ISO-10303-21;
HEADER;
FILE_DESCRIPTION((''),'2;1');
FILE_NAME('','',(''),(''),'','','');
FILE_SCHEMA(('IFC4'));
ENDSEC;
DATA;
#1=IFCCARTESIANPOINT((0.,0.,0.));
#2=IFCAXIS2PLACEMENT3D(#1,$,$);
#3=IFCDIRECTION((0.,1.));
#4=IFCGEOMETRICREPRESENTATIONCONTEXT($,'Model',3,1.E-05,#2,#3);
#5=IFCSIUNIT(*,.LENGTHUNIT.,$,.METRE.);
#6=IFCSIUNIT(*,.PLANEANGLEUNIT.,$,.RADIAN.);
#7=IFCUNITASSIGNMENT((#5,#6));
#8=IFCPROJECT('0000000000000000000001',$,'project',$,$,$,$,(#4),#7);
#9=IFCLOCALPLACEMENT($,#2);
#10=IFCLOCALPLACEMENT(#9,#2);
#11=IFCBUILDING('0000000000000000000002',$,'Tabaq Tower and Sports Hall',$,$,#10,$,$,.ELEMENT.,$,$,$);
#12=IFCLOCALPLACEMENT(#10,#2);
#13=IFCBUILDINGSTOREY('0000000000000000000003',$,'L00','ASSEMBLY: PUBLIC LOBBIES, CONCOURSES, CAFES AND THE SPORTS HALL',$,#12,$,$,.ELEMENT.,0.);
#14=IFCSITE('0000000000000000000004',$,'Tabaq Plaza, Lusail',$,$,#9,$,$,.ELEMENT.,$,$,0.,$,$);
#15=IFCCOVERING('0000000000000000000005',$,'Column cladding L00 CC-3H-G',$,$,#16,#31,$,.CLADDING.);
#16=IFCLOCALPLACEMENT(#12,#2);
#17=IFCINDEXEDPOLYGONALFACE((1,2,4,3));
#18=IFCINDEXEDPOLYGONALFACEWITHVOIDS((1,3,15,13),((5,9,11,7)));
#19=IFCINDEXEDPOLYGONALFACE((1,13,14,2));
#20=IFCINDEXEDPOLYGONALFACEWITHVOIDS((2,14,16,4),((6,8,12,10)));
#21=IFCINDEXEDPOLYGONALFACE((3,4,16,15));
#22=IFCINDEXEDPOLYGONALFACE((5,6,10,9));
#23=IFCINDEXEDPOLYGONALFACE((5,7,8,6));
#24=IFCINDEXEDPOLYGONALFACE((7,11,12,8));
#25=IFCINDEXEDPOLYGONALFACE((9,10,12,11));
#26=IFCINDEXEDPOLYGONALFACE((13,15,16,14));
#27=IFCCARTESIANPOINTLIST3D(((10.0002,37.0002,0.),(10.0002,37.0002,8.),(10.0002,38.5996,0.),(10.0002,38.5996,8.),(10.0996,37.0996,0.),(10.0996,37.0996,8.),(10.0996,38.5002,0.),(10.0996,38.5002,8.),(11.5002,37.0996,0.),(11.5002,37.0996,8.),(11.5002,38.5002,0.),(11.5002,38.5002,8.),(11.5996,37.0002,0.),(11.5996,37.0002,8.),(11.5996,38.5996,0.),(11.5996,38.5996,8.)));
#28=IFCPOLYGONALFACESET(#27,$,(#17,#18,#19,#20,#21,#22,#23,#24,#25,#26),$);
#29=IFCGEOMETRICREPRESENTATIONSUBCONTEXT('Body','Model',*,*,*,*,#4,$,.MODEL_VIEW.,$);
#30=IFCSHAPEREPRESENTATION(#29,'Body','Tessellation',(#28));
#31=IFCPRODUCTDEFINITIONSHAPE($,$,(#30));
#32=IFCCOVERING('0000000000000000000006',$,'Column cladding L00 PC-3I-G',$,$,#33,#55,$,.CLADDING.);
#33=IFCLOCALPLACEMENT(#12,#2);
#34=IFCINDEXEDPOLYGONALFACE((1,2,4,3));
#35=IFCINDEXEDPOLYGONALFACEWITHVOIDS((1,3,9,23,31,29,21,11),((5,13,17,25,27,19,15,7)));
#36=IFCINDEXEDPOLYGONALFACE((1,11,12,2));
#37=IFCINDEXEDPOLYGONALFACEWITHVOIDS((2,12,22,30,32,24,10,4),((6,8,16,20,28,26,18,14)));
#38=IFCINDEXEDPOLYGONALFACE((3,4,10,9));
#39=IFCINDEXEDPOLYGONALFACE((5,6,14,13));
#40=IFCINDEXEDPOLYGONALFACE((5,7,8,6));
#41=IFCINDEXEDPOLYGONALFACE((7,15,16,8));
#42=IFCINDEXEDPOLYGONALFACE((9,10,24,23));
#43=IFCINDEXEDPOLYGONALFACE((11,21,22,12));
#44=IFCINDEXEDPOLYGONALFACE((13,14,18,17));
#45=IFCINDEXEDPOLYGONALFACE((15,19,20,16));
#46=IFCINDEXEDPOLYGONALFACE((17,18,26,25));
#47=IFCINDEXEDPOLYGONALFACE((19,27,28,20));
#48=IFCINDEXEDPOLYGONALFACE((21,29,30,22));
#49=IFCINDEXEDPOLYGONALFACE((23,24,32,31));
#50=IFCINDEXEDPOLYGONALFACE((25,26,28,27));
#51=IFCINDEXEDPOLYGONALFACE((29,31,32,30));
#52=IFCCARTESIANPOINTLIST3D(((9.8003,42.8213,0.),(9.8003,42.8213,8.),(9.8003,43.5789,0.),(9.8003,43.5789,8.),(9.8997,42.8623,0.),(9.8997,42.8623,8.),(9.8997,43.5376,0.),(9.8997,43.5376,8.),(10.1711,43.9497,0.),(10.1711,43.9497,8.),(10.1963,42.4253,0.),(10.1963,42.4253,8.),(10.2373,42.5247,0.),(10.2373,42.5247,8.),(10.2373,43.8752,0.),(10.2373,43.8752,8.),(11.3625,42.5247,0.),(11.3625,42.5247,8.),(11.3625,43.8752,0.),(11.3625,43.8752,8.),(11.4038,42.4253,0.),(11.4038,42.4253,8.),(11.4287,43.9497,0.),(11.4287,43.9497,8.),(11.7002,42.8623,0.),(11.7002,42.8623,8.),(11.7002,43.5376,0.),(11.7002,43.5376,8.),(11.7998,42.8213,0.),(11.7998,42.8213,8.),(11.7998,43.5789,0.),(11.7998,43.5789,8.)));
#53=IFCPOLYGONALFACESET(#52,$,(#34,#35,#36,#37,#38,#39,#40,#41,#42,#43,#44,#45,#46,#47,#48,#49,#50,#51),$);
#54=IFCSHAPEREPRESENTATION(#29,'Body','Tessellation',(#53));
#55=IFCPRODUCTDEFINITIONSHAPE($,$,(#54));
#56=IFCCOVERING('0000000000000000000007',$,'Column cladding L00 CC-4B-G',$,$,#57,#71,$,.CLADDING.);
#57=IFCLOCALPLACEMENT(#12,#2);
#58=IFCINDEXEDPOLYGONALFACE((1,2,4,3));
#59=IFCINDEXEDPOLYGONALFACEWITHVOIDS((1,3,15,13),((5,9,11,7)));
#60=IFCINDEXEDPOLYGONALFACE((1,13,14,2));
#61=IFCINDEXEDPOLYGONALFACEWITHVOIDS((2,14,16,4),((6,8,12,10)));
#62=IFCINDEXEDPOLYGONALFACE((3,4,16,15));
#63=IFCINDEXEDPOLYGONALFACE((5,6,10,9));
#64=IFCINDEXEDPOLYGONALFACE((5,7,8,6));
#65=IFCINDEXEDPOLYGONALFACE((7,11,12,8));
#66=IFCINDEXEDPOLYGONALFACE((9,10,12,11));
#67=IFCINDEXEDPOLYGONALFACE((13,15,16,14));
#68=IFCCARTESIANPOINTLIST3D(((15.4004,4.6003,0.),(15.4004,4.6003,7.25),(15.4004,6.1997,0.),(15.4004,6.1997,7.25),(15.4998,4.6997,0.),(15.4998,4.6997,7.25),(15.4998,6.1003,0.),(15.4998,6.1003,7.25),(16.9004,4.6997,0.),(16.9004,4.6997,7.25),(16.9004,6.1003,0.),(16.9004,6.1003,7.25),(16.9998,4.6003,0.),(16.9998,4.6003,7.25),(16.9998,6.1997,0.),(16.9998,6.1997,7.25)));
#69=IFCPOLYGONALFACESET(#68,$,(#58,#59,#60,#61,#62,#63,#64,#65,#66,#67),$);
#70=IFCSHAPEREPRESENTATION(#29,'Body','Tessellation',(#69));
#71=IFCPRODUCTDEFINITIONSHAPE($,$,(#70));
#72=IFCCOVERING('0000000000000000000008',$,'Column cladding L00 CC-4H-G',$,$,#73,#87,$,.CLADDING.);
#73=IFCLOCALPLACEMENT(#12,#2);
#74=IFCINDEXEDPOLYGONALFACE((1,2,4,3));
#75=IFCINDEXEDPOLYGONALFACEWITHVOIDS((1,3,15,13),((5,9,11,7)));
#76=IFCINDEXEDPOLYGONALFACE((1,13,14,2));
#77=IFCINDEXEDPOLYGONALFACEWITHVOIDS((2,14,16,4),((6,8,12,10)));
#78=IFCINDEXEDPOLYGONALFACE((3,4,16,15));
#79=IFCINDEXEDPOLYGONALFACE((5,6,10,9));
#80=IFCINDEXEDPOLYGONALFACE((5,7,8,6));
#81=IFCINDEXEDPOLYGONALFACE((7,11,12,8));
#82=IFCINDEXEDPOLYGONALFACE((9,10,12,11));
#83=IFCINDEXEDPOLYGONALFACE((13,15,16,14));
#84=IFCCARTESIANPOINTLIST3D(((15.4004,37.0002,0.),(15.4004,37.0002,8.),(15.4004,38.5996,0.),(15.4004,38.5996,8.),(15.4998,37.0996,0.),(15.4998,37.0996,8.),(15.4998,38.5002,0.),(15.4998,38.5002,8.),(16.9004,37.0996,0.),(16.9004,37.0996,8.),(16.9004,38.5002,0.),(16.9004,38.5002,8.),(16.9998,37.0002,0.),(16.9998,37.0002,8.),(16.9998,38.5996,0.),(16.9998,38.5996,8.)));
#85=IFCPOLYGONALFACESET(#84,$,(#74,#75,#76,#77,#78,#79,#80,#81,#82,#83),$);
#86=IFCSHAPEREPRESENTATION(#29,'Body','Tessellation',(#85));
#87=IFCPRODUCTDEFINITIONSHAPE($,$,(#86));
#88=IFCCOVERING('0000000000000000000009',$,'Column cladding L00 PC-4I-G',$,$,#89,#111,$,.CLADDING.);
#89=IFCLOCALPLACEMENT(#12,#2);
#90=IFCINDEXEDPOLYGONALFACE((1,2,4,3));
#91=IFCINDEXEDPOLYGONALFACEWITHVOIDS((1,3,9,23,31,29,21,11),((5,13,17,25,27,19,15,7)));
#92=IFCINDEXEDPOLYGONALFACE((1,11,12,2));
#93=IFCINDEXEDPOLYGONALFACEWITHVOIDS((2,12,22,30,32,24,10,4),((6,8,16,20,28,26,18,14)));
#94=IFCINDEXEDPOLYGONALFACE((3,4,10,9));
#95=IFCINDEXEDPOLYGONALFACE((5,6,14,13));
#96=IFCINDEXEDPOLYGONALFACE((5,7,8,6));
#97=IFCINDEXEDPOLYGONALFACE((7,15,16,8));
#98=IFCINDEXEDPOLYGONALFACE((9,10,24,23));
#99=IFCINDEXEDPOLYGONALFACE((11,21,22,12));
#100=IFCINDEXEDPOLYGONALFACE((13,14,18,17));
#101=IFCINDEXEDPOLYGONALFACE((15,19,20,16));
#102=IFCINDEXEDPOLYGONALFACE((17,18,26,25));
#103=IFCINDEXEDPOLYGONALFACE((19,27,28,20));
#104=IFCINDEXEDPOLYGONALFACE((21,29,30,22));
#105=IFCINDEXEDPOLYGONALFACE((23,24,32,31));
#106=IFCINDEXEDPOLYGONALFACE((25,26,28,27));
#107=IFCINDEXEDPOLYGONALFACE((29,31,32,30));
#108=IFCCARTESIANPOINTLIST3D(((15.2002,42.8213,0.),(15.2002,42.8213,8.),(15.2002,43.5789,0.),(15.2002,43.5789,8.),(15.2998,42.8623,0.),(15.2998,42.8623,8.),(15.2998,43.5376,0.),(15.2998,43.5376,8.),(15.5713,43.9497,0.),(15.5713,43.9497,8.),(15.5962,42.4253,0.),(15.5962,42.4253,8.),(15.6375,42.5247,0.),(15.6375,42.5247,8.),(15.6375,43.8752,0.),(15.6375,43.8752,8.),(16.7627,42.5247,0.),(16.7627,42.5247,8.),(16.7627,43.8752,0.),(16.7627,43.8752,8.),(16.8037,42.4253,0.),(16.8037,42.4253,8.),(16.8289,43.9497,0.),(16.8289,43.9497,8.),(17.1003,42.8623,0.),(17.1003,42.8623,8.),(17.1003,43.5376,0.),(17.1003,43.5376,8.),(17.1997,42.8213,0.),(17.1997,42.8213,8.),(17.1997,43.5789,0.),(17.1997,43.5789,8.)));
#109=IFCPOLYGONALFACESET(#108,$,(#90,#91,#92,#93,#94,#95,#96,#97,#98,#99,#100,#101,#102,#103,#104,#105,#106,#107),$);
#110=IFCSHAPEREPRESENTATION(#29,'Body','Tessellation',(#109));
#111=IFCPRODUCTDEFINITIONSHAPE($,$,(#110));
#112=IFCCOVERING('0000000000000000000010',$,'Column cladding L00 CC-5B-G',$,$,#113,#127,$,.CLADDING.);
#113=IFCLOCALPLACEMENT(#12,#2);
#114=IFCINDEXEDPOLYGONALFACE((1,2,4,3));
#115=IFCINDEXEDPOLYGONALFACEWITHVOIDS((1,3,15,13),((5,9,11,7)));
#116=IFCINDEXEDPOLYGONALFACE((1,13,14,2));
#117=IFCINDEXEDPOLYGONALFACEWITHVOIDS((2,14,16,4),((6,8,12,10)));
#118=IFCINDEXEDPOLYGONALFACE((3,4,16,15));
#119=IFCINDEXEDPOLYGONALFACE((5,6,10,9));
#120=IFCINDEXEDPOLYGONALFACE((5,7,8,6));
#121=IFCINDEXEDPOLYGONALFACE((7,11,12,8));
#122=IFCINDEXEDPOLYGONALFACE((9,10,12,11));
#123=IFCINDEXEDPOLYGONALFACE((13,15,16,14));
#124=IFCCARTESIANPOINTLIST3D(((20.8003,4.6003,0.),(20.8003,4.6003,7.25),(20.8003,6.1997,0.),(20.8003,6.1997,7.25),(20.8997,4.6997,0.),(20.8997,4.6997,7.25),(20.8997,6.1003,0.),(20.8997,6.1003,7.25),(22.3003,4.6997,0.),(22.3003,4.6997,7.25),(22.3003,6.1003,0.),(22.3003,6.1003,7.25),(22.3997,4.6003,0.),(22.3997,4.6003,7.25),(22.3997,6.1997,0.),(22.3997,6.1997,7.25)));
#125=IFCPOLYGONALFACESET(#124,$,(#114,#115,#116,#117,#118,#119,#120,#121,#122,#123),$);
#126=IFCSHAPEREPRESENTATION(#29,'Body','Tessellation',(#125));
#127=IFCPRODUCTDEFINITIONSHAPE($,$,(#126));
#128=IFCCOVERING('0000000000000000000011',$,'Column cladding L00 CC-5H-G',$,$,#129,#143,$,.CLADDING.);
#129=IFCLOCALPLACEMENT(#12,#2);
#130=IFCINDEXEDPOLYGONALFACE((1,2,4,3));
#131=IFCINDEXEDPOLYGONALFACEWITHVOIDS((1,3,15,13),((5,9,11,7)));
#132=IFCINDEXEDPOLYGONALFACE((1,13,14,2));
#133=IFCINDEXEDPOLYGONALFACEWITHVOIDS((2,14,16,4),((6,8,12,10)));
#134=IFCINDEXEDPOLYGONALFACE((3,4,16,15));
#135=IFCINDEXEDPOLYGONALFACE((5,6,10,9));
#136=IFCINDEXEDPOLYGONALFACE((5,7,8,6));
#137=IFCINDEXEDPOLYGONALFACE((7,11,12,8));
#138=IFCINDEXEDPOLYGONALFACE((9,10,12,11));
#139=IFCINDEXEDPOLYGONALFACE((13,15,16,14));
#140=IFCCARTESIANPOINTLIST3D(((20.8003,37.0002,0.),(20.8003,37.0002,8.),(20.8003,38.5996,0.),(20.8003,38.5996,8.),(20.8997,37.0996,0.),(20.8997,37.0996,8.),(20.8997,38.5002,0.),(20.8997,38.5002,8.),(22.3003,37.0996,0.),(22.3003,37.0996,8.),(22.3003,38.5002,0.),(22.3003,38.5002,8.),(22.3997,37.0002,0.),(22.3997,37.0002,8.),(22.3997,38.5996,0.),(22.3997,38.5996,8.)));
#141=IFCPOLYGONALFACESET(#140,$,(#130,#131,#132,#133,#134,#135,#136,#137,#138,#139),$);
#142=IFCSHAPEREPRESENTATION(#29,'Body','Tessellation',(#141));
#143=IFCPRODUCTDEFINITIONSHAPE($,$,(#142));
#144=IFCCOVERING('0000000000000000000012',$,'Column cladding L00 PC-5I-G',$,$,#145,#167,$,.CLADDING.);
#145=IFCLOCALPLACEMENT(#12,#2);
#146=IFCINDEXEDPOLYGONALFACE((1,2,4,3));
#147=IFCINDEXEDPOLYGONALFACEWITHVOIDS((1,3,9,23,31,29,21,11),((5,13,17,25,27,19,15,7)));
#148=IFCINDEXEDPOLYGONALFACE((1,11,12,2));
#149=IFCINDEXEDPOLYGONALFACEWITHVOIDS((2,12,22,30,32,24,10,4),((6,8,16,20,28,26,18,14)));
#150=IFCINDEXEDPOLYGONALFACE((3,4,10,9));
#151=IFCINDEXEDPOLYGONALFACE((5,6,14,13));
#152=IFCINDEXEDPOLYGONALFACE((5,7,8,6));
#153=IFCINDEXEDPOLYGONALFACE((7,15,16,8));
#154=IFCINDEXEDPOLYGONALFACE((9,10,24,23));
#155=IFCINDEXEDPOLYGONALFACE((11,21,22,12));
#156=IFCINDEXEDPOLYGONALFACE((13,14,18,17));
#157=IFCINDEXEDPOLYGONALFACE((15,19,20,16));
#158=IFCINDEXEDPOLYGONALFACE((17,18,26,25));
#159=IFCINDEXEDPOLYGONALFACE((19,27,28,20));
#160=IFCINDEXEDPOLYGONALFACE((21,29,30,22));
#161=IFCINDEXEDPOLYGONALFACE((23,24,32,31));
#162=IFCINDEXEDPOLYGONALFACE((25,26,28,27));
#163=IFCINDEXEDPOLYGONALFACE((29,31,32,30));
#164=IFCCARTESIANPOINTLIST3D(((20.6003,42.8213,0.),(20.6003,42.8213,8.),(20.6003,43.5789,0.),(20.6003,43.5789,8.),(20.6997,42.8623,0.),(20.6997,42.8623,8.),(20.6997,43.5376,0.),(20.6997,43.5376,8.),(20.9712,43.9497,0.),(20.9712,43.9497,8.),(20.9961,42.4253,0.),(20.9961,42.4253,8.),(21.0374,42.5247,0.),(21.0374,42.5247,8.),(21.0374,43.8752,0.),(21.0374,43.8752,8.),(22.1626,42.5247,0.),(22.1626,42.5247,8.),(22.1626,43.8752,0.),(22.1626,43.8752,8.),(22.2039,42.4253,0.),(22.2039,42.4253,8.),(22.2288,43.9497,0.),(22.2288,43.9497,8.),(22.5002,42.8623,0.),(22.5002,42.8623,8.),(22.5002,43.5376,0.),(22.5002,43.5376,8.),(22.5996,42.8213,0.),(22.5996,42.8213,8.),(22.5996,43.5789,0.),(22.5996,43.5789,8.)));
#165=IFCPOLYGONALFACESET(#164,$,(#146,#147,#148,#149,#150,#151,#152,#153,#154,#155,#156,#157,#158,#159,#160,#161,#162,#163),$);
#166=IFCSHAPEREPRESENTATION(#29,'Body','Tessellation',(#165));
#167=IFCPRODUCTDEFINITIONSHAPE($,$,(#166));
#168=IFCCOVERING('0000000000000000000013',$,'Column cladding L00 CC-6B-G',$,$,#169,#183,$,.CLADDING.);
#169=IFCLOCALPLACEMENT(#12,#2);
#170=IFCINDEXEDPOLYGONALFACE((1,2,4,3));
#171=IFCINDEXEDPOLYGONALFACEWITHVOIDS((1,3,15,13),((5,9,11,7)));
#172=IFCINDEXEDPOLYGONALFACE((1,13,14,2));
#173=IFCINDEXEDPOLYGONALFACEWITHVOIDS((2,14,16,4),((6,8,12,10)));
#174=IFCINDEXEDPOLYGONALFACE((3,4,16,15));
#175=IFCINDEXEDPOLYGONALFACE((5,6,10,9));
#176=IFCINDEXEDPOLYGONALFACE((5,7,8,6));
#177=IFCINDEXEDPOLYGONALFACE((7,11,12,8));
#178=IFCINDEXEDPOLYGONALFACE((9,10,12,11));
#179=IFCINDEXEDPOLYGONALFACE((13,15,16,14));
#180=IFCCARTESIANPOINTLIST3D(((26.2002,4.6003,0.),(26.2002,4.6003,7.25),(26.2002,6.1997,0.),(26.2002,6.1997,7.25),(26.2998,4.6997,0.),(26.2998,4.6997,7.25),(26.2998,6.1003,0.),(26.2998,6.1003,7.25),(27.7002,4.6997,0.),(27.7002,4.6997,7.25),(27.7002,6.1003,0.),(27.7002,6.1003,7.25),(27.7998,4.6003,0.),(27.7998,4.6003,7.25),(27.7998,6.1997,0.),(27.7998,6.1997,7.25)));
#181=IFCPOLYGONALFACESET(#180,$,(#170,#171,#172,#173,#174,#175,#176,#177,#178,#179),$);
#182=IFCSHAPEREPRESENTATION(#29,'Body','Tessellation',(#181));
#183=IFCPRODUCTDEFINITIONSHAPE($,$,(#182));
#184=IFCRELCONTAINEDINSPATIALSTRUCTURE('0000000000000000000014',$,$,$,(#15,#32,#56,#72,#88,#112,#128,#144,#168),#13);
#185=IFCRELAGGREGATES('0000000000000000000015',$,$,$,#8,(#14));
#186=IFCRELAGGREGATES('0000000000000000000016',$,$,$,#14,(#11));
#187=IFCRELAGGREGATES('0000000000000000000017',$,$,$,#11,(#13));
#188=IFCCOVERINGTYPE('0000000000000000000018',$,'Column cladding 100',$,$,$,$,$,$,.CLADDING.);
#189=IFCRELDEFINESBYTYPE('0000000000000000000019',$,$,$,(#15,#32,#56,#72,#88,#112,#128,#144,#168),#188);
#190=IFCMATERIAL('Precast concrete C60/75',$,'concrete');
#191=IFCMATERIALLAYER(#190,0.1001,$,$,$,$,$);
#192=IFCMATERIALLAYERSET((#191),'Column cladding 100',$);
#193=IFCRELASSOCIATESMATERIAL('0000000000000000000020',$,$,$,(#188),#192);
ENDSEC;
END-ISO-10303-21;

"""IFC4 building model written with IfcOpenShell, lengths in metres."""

from ifc_helpers import new_model, si_unit, direction, origin, place, context, subcontext, project, spatial, polyline, outline, extrude, material, layer, layer_set, type_object, element, save


model = new_model("IFC4")

# Units and contexts
model_context = context("Model", 3, precision=1e-05, world=origin(), true_north=direction((0.0, 1.0)))
body_context = subcontext(model_context, "Body", "Model", "MODEL_VIEW")
ifc_project = project(units=[si_unit("LENGTHUNIT", "METRE"), si_unit("PLANEANGLEUNIT", "RADIAN")], contexts=[model_context])

# Site, building, storey
site_placement = place(None, origin())
site = spatial("IfcSite", under=ifc_project, at=site_placement, Name="Tabaq Plaza, Lusail", CompositionType="ELEMENT", RefElevation=0.0)
building_placement = place(site_placement, origin())
building = spatial("IfcBuilding", under=site, at=building_placement, Name="Tabaq Tower and Sports Hall", CompositionType="ELEMENT")
storey_placement = place(building_placement, origin())
storey = spatial("IfcBuildingStorey", under=building, at=storey_placement, Name="L00", Description="ASSEMBLY: PUBLIC LOBBIES, CONCOURSES, CAFES AND THE SPORTS HALL", CompositionType="ELEMENT", Elevation=0.0)

# Coverings
ifc_material = material(Name="Precast concrete C60/75", Category="concrete")
ifc_layer = layer(ifc_material, 0.1001)
ifc_layer_set = layer_set([ifc_layer], Name="Column cladding 100")
covering_type = type_object("IfcCoveringType", Name="Column cladding 100", PredefinedType="CLADDING", material=ifc_layer_set)
covering_1_placement = place(storey_placement, origin())
element("IfcCovering", 1, at=covering_1_placement, inside=storey, type_object=covering_type, Name="Column cladding L00 CC-3H-G", PredefinedType="CLADDING", context=body_context, shape_type="SweptSolid", body=[
    extrude(outline(polyline([(10.0002, 38.5996), (11.5996, 38.5996), (11.5996, 37.0002), (10.0002, 37.0002), (10.0002, 38.5996)]), holes=[polyline([(11.5002, 37.0996), (11.5002, 38.5002), (10.0996, 38.5002), (10.0996, 37.0996), (11.5002, 37.0996)])]), origin(), (0.0, 0.0, 1.0), 8.0),
])
covering_2_placement = place(storey_placement, origin())
element("IfcCovering", 2, at=covering_2_placement, inside=storey, type_object=covering_type, Name="Column cladding L00 PC-3I-G", PredefinedType="CLADDING", context=body_context, shape_type="SweptSolid", body=[
    extrude(outline(polyline([(9.8003, 43.5789), (10.1711, 43.9497), (11.4287, 43.9497), (11.7998, 43.5789), (11.7998, 42.8213), (11.4038, 42.4253), (10.1963, 42.4253), (9.8003, 42.8213), (9.8003, 43.5789)]), holes=[polyline([(11.7002, 42.8623), (11.7002, 43.5376), (11.3625, 43.8752), (10.2373, 43.8752), (9.8997, 43.5376), (9.8997, 42.8623), (10.2373, 42.5247), (11.3625, 42.5247), (11.7002, 42.8623)])]), origin(), (0.0, 0.0, 1.0), 8.0),
])
covering_3_placement = place(storey_placement, origin())
element("IfcCovering", 3, at=covering_3_placement, inside=storey, type_object=covering_type, Name="Column cladding L00 CC-4B-G", PredefinedType="CLADDING", context=body_context, shape_type="SweptSolid", body=[
    extrude(outline(polyline([(15.4004, 6.1997), (16.9998, 6.1997), (16.9998, 4.6003), (15.4004, 4.6003), (15.4004, 6.1997)]), holes=[polyline([(16.9004, 4.6997), (16.9004, 6.1003), (15.4998, 6.1003), (15.4998, 4.6997), (16.9004, 4.6997)])]), origin(), (0.0, 0.0, 1.0), 7.25),
])
covering_4_placement = place(storey_placement, origin())
element("IfcCovering", 4, at=covering_4_placement, inside=storey, type_object=covering_type, Name="Column cladding L00 CC-4H-G", PredefinedType="CLADDING", context=body_context, shape_type="SweptSolid", body=[
    extrude(outline(polyline([(15.4004, 38.5996), (16.9998, 38.5996), (16.9998, 37.0002), (15.4004, 37.0002), (15.4004, 38.5996)]), holes=[polyline([(16.9004, 37.0996), (16.9004, 38.5002), (15.4998, 38.5002), (15.4998, 37.0996), (16.9004, 37.0996)])]), origin(), (0.0, 0.0, 1.0), 8.0),
])
covering_5_placement = place(storey_placement, origin())
element("IfcCovering", 5, at=covering_5_placement, inside=storey, type_object=covering_type, Name="Column cladding L00 PC-4I-G", PredefinedType="CLADDING", context=body_context, shape_type="SweptSolid", body=[
    extrude(outline(polyline([(15.2002, 43.5789), (15.5713, 43.9497), (16.8289, 43.9497), (17.1997, 43.5789), (17.1997, 42.8213), (16.8037, 42.4253), (15.5962, 42.4253), (15.2002, 42.8213), (15.2002, 43.5789)]), holes=[polyline([(17.1003, 42.8623), (17.1003, 43.5376), (16.7627, 43.8752), (15.6375, 43.8752), (15.2998, 43.5376), (15.2998, 42.8623), (15.6375, 42.5247), (16.7627, 42.5247), (17.1003, 42.8623)])]), origin(), (0.0, 0.0, 1.0), 8.0),
])
covering_6_placement = place(storey_placement, origin())
element("IfcCovering", 6, at=covering_6_placement, inside=storey, type_object=covering_type, Name="Column cladding L00 CC-5B-G", PredefinedType="CLADDING", context=body_context, shape_type="SweptSolid", body=[
    extrude(outline(polyline([(20.8003, 6.1997), (22.3997, 6.1997), (22.3997, 4.6003), (20.8003, 4.6003), (20.8003, 6.1997)]), holes=[polyline([(22.3003, 4.6997), (22.3003, 6.1003), (20.8997, 6.1003), (20.8997, 4.6997), (22.3003, 4.6997)])]), origin(), (0.0, 0.0, 1.0), 7.25),
])
covering_7_placement = place(storey_placement, origin())
element("IfcCovering", 7, at=covering_7_placement, inside=storey, type_object=covering_type, Name="Column cladding L00 CC-5H-G", PredefinedType="CLADDING", context=body_context, shape_type="SweptSolid", body=[
    extrude(outline(polyline([(20.8003, 38.5996), (22.3997, 38.5996), (22.3997, 37.0002), (20.8003, 37.0002), (20.8003, 38.5996)]), holes=[polyline([(22.3003, 37.0996), (22.3003, 38.5002), (20.8997, 38.5002), (20.8997, 37.0996), (22.3003, 37.0996)])]), origin(), (0.0, 0.0, 1.0), 8.0),
])
covering_8_placement = place(storey_placement, origin())
element("IfcCovering", 8, at=covering_8_placement, inside=storey, type_object=covering_type, Name="Column cladding L00 PC-5I-G", PredefinedType="CLADDING", context=body_context, shape_type="SweptSolid", body=[
    extrude(outline(polyline([(20.6003, 43.5789), (20.9712, 43.9497), (22.2288, 43.9497), (22.5996, 43.5789), (22.5996, 42.8213), (22.2039, 42.4253), (20.9961, 42.4253), (20.6003, 42.8213), (20.6003, 43.5789)]), holes=[polyline([(22.5002, 42.8623), (22.5002, 43.5376), (22.1626, 43.8752), (21.0374, 43.8752), (20.6997, 43.5376), (20.6997, 42.8623), (21.0374, 42.5247), (22.1626, 42.5247), (22.5002, 42.8623)])]), origin(), (0.0, 0.0, 1.0), 8.0),
])
covering_9_placement = place(storey_placement, origin())
element("IfcCovering", 9, at=covering_9_placement, inside=storey, type_object=covering_type, Name="Column cladding L00 CC-6B-G", PredefinedType="CLADDING", context=body_context, shape_type="SweptSolid", body=[
    extrude(outline(polyline([(26.2002, 6.1997), (27.7998, 6.1997), (27.7998, 4.6003), (26.2002, 4.6003), (26.2002, 6.1997)]), holes=[polyline([(27.7002, 4.6997), (27.7002, 6.1003), (26.2998, 6.1003), (26.2998, 4.6997), (27.7002, 4.6997)])]), origin(), (0.0, 0.0, 1.0), 7.25),
])

save(model, "model.ifc")
